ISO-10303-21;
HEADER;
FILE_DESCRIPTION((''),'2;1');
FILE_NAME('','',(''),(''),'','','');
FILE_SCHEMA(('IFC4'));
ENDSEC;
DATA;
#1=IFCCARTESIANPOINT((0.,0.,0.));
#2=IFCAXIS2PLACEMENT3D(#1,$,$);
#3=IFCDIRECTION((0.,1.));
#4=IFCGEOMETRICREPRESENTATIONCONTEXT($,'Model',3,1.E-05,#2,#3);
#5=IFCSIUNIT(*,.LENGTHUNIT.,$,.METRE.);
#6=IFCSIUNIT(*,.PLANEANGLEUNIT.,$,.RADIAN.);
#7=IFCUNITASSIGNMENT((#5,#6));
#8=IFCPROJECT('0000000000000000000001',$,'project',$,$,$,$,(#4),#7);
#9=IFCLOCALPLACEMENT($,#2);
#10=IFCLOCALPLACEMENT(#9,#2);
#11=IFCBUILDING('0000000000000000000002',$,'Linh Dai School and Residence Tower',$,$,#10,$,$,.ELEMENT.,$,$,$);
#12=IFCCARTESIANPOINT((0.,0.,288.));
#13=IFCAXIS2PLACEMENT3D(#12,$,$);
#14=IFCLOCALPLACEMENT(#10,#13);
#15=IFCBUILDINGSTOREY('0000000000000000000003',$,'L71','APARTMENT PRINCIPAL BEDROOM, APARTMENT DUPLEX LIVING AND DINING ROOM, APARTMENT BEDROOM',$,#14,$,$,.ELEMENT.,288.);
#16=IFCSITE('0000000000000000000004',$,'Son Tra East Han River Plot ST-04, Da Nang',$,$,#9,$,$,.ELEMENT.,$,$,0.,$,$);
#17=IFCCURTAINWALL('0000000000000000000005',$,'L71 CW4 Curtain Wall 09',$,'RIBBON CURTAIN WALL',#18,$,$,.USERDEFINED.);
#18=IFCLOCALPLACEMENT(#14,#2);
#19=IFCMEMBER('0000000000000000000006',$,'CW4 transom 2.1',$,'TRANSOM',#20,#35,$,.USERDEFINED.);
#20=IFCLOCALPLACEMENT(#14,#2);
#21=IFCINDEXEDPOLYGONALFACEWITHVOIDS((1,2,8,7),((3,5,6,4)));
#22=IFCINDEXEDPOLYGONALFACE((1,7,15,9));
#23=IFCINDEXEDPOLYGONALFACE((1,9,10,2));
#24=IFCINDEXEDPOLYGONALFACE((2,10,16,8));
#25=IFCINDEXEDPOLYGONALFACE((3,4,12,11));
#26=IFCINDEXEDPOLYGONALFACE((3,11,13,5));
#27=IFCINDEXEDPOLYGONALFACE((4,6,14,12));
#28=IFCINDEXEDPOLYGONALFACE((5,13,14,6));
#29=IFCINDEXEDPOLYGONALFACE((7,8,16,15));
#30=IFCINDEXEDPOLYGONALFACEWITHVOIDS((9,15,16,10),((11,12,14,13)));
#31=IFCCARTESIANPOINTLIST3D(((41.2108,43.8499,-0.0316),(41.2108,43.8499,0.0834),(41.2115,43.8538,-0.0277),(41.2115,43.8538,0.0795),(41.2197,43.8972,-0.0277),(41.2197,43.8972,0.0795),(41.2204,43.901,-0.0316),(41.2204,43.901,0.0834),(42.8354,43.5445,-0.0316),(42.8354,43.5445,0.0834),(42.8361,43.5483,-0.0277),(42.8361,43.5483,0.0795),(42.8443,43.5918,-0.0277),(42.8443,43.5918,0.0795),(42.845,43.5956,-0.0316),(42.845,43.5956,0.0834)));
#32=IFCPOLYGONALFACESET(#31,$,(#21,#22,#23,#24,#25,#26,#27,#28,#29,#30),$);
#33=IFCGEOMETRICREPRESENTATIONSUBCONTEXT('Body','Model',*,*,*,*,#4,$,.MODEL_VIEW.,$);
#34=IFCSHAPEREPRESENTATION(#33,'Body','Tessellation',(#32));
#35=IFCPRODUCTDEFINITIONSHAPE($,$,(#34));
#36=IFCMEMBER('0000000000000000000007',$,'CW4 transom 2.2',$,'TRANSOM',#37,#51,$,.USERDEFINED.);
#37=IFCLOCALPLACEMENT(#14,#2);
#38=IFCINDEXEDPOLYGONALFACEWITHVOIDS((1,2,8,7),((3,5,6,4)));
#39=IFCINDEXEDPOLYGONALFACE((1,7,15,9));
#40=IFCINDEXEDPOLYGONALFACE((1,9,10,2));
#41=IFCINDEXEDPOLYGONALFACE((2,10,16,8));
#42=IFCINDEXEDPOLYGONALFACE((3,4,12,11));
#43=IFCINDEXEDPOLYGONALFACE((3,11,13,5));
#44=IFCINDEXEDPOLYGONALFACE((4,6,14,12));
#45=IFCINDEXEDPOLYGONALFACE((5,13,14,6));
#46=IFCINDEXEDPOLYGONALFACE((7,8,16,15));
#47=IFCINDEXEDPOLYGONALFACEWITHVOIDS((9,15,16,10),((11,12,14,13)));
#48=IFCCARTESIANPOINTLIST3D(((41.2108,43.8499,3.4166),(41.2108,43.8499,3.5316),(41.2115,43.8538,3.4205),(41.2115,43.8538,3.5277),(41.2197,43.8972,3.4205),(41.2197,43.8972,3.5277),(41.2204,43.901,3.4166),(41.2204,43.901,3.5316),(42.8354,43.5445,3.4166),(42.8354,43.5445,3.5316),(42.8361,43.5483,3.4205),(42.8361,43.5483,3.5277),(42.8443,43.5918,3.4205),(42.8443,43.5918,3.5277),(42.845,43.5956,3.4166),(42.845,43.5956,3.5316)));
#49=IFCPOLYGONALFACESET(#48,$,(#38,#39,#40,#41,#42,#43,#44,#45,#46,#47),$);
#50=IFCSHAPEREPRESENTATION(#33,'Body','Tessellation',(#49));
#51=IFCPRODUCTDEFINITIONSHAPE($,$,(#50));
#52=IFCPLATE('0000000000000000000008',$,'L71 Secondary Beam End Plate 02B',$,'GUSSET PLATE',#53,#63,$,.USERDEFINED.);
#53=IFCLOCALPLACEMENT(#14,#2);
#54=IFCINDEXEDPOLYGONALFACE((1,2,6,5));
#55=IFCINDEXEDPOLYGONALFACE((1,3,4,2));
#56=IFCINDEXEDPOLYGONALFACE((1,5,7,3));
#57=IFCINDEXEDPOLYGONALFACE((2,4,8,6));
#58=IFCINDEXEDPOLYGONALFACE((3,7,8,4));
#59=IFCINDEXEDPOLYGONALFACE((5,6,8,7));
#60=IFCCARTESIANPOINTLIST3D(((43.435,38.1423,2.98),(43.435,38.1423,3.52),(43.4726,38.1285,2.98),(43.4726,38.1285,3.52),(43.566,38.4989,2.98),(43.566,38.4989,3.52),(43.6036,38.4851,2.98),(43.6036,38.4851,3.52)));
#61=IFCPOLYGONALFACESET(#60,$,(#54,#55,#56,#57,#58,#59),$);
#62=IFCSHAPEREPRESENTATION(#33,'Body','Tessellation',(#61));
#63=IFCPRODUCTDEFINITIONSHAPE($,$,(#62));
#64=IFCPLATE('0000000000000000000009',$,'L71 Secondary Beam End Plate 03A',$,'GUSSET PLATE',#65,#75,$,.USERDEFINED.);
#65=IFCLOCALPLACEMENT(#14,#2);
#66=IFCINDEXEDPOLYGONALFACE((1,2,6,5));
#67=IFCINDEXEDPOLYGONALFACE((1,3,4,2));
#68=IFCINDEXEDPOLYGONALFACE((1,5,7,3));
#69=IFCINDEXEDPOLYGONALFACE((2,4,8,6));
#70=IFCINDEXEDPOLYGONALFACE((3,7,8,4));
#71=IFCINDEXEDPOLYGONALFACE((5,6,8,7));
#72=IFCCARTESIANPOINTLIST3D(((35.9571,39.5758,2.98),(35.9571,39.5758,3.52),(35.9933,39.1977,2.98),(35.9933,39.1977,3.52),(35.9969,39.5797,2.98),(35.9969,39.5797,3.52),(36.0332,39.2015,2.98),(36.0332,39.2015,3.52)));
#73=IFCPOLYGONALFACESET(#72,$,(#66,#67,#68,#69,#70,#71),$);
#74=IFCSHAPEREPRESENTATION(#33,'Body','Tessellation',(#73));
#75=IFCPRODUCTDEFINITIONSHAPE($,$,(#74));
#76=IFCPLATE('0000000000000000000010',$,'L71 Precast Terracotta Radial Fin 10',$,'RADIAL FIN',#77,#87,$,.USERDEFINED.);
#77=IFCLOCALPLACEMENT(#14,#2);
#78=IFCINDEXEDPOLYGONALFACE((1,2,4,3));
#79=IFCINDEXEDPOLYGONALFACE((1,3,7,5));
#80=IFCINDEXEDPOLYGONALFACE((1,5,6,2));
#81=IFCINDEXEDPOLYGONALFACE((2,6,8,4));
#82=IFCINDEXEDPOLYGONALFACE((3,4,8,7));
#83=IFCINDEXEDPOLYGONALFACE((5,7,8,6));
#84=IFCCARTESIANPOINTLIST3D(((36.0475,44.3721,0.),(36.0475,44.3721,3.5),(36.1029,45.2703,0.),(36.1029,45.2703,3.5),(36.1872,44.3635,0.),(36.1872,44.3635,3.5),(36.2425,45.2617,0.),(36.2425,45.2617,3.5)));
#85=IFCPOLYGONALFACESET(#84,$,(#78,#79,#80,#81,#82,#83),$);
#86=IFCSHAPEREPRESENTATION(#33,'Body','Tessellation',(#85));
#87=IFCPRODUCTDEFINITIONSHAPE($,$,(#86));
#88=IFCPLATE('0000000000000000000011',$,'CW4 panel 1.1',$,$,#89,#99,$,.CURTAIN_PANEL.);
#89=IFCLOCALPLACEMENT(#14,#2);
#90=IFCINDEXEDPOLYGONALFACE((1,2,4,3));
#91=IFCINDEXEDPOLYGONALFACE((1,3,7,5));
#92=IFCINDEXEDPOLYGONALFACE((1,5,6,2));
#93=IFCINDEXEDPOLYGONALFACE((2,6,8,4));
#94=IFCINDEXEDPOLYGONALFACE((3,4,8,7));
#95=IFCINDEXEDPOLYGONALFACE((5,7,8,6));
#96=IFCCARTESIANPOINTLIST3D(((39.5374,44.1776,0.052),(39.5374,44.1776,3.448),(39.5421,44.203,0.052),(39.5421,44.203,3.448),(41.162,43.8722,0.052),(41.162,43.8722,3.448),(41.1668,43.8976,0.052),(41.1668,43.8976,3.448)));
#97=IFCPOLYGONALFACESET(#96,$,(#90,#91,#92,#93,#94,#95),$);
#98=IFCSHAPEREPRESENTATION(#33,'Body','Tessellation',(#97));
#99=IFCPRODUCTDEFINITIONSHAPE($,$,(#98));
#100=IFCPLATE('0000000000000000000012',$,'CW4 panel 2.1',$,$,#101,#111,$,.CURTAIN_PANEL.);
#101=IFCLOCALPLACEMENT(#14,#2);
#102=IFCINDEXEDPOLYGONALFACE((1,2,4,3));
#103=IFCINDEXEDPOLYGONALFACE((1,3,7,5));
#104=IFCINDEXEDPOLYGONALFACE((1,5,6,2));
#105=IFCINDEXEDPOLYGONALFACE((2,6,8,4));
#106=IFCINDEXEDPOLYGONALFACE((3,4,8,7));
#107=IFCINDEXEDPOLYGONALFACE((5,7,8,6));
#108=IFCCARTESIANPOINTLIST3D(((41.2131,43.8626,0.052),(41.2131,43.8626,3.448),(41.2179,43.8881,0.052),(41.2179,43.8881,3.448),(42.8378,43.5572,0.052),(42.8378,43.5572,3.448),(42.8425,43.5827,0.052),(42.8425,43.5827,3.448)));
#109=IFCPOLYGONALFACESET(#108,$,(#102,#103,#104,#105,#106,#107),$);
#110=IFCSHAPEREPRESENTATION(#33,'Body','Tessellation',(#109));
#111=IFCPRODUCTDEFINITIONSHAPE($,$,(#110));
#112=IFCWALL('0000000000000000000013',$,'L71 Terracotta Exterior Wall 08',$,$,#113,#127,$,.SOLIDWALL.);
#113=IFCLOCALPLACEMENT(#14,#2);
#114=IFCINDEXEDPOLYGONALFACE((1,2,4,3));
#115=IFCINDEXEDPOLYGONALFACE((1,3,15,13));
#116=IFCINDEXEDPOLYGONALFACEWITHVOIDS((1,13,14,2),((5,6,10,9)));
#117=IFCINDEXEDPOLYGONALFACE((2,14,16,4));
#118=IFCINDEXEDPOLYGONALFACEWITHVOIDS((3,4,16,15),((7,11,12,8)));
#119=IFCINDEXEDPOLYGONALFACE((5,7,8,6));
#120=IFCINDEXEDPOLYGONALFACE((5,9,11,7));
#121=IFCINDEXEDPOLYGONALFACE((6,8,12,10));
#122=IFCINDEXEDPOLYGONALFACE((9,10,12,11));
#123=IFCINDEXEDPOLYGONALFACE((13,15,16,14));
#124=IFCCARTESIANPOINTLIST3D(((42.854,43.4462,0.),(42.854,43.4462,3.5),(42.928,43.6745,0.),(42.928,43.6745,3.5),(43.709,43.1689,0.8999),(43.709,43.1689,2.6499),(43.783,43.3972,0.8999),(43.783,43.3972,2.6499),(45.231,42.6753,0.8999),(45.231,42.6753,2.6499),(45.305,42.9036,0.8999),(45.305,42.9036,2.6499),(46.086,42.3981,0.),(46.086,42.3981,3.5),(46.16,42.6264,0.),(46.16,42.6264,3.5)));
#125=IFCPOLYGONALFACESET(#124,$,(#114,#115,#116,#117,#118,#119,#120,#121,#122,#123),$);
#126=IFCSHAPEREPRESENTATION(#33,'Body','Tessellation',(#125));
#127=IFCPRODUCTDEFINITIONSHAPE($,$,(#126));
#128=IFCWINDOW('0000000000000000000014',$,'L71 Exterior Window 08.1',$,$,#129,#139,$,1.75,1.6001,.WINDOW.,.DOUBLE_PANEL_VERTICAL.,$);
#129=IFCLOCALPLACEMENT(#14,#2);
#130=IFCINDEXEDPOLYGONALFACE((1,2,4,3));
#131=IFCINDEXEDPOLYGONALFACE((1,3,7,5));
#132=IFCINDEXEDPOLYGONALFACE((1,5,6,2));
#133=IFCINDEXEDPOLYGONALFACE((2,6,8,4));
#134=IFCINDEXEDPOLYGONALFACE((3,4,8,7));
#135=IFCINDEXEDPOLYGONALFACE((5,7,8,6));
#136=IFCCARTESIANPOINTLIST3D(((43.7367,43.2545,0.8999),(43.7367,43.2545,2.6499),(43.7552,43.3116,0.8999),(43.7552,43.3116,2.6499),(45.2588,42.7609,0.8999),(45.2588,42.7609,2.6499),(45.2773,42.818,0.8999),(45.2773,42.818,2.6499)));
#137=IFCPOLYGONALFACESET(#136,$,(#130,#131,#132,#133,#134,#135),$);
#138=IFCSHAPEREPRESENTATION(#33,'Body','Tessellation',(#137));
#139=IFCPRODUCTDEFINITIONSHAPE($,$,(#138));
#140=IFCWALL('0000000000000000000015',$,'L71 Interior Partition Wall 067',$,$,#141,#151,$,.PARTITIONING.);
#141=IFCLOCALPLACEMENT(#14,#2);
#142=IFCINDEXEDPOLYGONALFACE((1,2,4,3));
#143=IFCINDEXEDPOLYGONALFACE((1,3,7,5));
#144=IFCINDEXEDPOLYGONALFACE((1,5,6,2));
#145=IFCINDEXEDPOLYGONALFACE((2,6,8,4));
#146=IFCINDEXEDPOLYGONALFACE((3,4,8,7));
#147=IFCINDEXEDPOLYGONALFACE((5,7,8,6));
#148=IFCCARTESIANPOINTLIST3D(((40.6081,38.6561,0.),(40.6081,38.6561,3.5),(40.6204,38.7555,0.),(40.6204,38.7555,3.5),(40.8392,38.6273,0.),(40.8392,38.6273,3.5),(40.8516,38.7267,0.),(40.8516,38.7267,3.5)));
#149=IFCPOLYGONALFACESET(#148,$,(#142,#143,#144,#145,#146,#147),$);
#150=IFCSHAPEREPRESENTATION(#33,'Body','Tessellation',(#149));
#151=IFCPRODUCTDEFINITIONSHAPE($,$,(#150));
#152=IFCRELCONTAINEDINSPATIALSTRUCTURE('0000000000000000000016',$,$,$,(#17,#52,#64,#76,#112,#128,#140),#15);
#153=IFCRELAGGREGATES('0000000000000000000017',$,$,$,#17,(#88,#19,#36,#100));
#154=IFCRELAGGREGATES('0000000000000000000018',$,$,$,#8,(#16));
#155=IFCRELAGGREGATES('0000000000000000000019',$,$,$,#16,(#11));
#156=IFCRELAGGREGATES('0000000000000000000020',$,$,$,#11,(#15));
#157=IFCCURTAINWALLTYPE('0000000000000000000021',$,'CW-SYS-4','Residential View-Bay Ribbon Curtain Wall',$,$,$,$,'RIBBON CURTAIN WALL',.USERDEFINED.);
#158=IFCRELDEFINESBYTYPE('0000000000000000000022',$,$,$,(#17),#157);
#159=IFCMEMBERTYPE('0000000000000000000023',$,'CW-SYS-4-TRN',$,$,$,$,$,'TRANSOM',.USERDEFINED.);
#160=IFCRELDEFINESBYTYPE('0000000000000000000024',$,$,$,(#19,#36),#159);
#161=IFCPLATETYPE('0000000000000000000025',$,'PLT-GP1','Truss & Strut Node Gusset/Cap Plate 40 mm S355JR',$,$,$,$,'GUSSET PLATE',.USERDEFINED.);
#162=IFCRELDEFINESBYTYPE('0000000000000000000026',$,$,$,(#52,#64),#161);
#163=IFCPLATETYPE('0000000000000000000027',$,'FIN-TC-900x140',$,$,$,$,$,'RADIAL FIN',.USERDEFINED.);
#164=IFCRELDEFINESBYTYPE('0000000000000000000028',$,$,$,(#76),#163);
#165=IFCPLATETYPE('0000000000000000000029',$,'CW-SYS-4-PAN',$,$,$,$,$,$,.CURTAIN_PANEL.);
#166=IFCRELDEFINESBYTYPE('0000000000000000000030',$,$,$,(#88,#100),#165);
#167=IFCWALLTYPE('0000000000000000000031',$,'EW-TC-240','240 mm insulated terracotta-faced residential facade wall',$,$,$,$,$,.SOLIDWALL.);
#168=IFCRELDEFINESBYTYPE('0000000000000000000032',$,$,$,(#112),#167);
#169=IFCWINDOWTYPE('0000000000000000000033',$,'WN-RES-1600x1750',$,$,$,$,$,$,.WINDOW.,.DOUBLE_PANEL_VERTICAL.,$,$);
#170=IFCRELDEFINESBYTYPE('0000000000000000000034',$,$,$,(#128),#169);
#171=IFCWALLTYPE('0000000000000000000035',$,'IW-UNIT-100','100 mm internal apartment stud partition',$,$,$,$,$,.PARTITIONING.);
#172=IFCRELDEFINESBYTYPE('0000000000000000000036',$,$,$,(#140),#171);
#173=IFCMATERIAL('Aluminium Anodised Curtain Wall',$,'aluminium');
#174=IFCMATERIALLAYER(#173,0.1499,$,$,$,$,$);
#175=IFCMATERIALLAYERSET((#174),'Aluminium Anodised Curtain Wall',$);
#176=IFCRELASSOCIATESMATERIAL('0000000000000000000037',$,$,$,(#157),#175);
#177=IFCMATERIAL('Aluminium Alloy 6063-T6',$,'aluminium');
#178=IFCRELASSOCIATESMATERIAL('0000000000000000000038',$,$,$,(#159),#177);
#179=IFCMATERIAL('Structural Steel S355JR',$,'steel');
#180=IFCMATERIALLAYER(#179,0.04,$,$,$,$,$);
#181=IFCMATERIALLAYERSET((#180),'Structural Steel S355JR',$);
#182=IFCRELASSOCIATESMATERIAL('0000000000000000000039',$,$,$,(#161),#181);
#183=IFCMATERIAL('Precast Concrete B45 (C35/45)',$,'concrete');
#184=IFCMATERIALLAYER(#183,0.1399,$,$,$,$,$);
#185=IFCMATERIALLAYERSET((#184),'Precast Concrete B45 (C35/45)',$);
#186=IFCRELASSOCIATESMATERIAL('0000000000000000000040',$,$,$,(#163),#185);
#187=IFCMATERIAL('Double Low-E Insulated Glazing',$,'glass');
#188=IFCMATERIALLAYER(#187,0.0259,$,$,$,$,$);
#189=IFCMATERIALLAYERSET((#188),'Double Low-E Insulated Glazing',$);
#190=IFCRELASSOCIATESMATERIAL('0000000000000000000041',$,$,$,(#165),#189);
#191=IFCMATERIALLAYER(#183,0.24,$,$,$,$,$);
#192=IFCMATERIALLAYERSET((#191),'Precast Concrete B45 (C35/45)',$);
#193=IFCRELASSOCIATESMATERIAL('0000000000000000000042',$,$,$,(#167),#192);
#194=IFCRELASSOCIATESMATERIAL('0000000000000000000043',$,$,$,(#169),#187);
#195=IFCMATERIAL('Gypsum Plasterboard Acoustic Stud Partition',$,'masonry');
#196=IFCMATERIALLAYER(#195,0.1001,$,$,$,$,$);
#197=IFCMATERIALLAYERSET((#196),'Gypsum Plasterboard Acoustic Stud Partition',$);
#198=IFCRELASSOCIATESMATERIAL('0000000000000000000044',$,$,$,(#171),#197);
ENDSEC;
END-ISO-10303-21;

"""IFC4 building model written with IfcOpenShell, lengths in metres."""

from ifc_helpers import new_model, si_unit, direction, frame, frame_2d, origin, origin_2d, place, context, subcontext, project, spatial, rectangle, hollow_rectangle, extrude, source, transform, mapped, material, layer, layer_set, material_profile, profile_set, type_object, element, fill, aggregate, save


model = new_model("IFC4")

# Units and contexts
model_context = context("Model", 3, precision=1e-05, world=origin(), true_north=direction((0.0, 1.0)))
body_context = subcontext(model_context, "Body", "Model", "MODEL_VIEW")
ifc_project = project(units=[si_unit("LENGTHUNIT", "METRE"), si_unit("PLANEANGLEUNIT", "RADIAN")], contexts=[model_context])

# Site, building, storey
site_placement = place(None, origin())
site = spatial("IfcSite", under=ifc_project, at=site_placement, Name="Son Tra East Han River Plot ST-04, Da Nang", CompositionType="ELEMENT", RefElevation=0.0)
building_placement = place(site_placement, origin())
building = spatial("IfcBuilding", under=site, at=building_placement, Name="Linh Dai School and Residence Tower", CompositionType="ELEMENT")
storey_placement = place(building_placement, frame((0.0, 0.0, 288.0)))
storey = spatial("IfcBuildingStorey", under=building, at=storey_placement, Name="L71", Description="APARTMENT PRINCIPAL BEDROOM, APARTMENT DUPLEX LIVING AND DINING ROOM, APARTMENT BEDROOM", CompositionType="ELEMENT", Elevation=288.0)

# Shared definitions
ifc_material_1 = material(Name="Structural Steel S355JR", Category="steel")

# Curtain wall, members
ifc_material_2 = material(Name="Aluminium Anodised Curtain Wall", Category="aluminium")
ifc_layer_1 = layer(ifc_material_2, 0.1499)
ifc_layer_set_1 = layer_set([ifc_layer_1], Name="Aluminium Anodised Curtain Wall")
curtain_wall_type = type_object("IfcCurtainWallType", Name="CW-SYS-4", Description="Residential View-Bay Ribbon Curtain Wall", ElementType="RIBBON CURTAIN WALL", PredefinedType="USERDEFINED", material=ifc_layer_set_1)
curtain_wall_placement = place(storey_placement, origin())
curtain_wall = element("IfcCurtainWall", 1, at=curtain_wall_placement, inside=storey, type_object=curtain_wall_type, Name="L71 CW4 Curtain Wall 09", ObjectType="RIBBON CURTAIN WALL", PredefinedType="USERDEFINED")
ifc_material_3 = material(Name="Aluminium Alloy 6063-T6", Category="aluminium")
ifc_material_profile_1 = material_profile(ifc_material_3, hollow_rectangle(XDim=0.052, YDim=0.115, WallThickness=0.0039, at=origin_2d()), Name="RHS 115x52x4")
ifc_profile_set_1 = profile_set([ifc_material_profile_1], Name="Aluminium Alloy 6063-T6")
member_type_1 = type_object("IfcMemberType", Name="CW-SYS-4-TRN", ElementType="TRANSOM", PredefinedType="USERDEFINED", material=ifc_profile_set_1)
shared_shape_1 = source(origin(), body_context, "Body", "SweptSolid", [
    extrude(hollow_rectangle(XDim=0.052, YDim=0.115, WallThickness=0.0039, at=origin_2d()), origin(), (0.0, 0.0, 1.0), 1.6531),
])
member_1_placement = place(storey_placement, frame((41.2156, 43.8755, 0.0259), z_axis=(0.982782, -0.18477, 0.0), x_axis=(0.18477, 0.982782, 0.0)))
member_1 = element("IfcMember", 2, at=member_1_placement, type_object=member_type_1, Name="CW4 transom 2.1", ObjectType="TRANSOM", PredefinedType="USERDEFINED", context=body_context, shape_type="MappedRepresentation", body=[
    mapped(shared_shape_1, transform((0.0, 0.0, 0.0), x_axis=(1.0, 0.0, 0.0), y_axis=(0.0, 1.0, 0.0), z_axis=(0.0, 0.0, 1.0), scale=1.0)),
])
member_2_placement = place(storey_placement, frame((41.2156, 43.8755, 3.4741), z_axis=(0.982782, -0.18477, 0.0), x_axis=(0.18477, 0.982782, 0.0)))
member_2 = element("IfcMember", 3, at=member_2_placement, type_object=member_type_1, Name="CW4 transom 2.2", ObjectType="TRANSOM", PredefinedType="USERDEFINED", context=body_context, shape_type="MappedRepresentation", body=[
    mapped(shared_shape_1, transform((0.0, 0.0, 0.0), x_axis=(1.0, 0.0, 0.0), y_axis=(0.0, 1.0, 0.0), z_axis=(0.0, 0.0, 1.0), scale=1.0)),
])

# Plates
ifc_layer_2 = layer(ifc_material_1, 0.04)
ifc_layer_set_2 = layer_set([ifc_layer_2], Name="Structural Steel S355JR")
plate_type_1 = type_object("IfcPlateType", Name="PLT-GP1", Description="Truss & Strut Node Gusset/Cap Plate 40 mm S355JR", ElementType="GUSSET PLATE", PredefinedType="USERDEFINED", material=ifc_layer_set_2)
shared_shape_2 = source(origin(), body_context, "Body", "SweptSolid", [
    extrude(rectangle(XDim=0.04, YDim=0.3799, at=origin_2d()), origin(), (0.0, 0.0, 1.0), 0.54),
])
for number, where, z_axis, x_axis, name in (
    (4, (43.5193, 38.3137, 2.98), (0.0, 0.0, 1.0), (-0.938695, 0.344748, 0.0), "L71 Secondary Beam End Plate 02B"),
    (5, (35.9951, 39.3887, 2.98), (0.0, 0.0, 1.0), (-0.995445, -0.095338, 0.0), "L71 Secondary Beam End Plate 03A"),
):
    element("IfcPlate", number, at=place(storey_placement, frame(where, z_axis=z_axis, x_axis=x_axis)), inside=storey, type_object=plate_type_1, Name=name, ObjectType="GUSSET PLATE", PredefinedType="USERDEFINED", context=body_context, shape_type="MappedRepresentation", body=[
        mapped(shared_shape_2, transform((0.0, 0.0, 0.0), x_axis=(1.0, 0.0, 0.0), y_axis=(0.0, 1.0, 0.0), z_axis=(0.0, 0.0, 1.0), scale=1.0)),
    ])
ifc_material_4 = material(Name="Precast Concrete B45 (C35/45)", Category="concrete")
ifc_layer_3 = layer(ifc_material_4, 0.1399)
ifc_layer_set_3 = layer_set([ifc_layer_3], Name="Precast Concrete B45 (C35/45)")
plate_type_2 = type_object("IfcPlateType", Name="FIN-TC-900x140", ElementType="RADIAL FIN", PredefinedType="USERDEFINED", material=ifc_layer_set_3)
shared_shape_3 = source(origin(), body_context, "Body", "SweptSolid", [
    extrude(rectangle(XDim=0.8999, YDim=0.1399, at=origin_2d()), origin(), (0.0, 0.0, 1.0), 3.5),
])
plate_1_placement = place(storey_placement, frame((36.145, 44.8169, 0.0), z_axis=(0.0, 0.0, 1.0), x_axis=(0.06151, 0.998106, 0.0)))
element("IfcPlate", 6, at=plate_1_placement, inside=storey, type_object=plate_type_2, Name="L71 Precast Terracotta Radial Fin 10", ObjectType="RADIAL FIN", PredefinedType="USERDEFINED", context=body_context, shape_type="MappedRepresentation", body=[
    mapped(shared_shape_3, transform((0.0, 0.0, 0.0), x_axis=(1.0, 0.0, 0.0), y_axis=(0.0, 1.0, 0.0), z_axis=(0.0, 0.0, 1.0), scale=1.0)),
])

# Plates
ifc_material_5 = material(Name="Double Low-E Insulated Glazing", Category="glass")
ifc_layer_4 = layer(ifc_material_5, 0.0259)
ifc_layer_set_4 = layer_set([ifc_layer_4], Name="Double Low-E Insulated Glazing")
plate_type_3 = type_object("IfcPlateType", Name="CW-SYS-4-PAN", PredefinedType="CURTAIN_PANEL", material=ifc_layer_set_4)
shared_shape_4 = source(origin(), body_context, "Body", "SweptSolid", [
    extrude(rectangle(XDim=1.6531, YDim=0.0259, at=origin_2d()), origin(), (0.0, 0.0, 1.0), 3.396),
])
plate_2_placement = place(storey_placement, frame((40.3521, 44.0376, 0.052), z_axis=(0.0, 0.0, 1.0), x_axis=(0.982785, -0.184751, 0.0)))
plate_2 = element("IfcPlate", 7, at=plate_2_placement, type_object=plate_type_3, Name="CW4 panel 1.1", PredefinedType="CURTAIN_PANEL", context=body_context, shape_type="MappedRepresentation", body=[
    mapped(shared_shape_4, transform((0.0, 0.0, 0.0), x_axis=(1.0, 0.0, 0.0), y_axis=(0.0, 1.0, 0.0), z_axis=(0.0, 0.0, 1.0), scale=1.0)),
])
plate_3_placement = place(storey_placement, frame((42.0278, 43.7227, 0.052), z_axis=(0.0, 0.0, 1.0), x_axis=(0.982785, -0.184751, 0.0)))
plate_3 = element("IfcPlate", 8, at=plate_3_placement, type_object=plate_type_3, Name="CW4 panel 2.1", PredefinedType="CURTAIN_PANEL", context=body_context, shape_type="MappedRepresentation", body=[
    mapped(shared_shape_4, transform((0.0, 0.0, 0.0), x_axis=(1.0, 0.0, 0.0), y_axis=(0.0, 1.0, 0.0), z_axis=(0.0, 0.0, 1.0), scale=1.0)),
])
aggregate(curtain_wall, [plate_2, member_1, member_2, plate_3])

# Wall, opening, window
ifc_layer_5 = layer(ifc_material_4, 0.24)
ifc_layer_set_5 = layer_set([ifc_layer_5], Name="Precast Concrete B45 (C35/45)")
wall_type_1 = type_object("IfcWallType", Name="EW-TC-240", Description="240 mm insulated terracotta-faced residential facade wall", PredefinedType="SOLIDWALL", material=ifc_layer_set_5)
wall_1_placement = place(storey_placement, frame((42.8911, 43.5603, 0.0), z_axis=(0.0, 0.0, 1.0), x_axis=(0.951231, -0.308478, 0.0)))
wall_1 = element("IfcWall", 9, at=wall_1_placement, inside=storey, type_object=wall_type_1, Name="L71 Terracotta Exterior Wall 08", PredefinedType="SOLIDWALL", context=body_context, shape_type="SweptSolid", body=[
    extrude(rectangle(XDim=3.3977, YDim=0.24, at=frame_2d((1.6987, 0.0))), origin(), (0.0, 0.0, 1.0), 3.5),
])
opening_1_placement = place(wall_1_placement, frame((0.8987, 0.0, 0.8999)))
opening_1 = element("IfcOpeningElement", 10, at=opening_1_placement, cuts=wall_1, PredefinedType="OPENING", context=body_context, shape_type="SweptSolid", body=[
    extrude(rectangle(XDim=1.6001, YDim=1.75, at=origin_2d()), frame((0.8, 0.1299, 0.875), z_axis=(0.0, -1.0, 0.0), x_axis=(1.0, 0.0, 0.0)), (0.0, 0.0, 1.0), 0.26),
])
window_type = type_object("IfcWindowType", Name="WN-RES-1600x1750", PartitioningType="DOUBLE_PANEL_VERTICAL", PredefinedType="WINDOW", material=ifc_material_5)
shared_shape_5 = source(origin(), body_context, "Body", "SweptSolid", [
    extrude(rectangle(XDim=1.6001, YDim=1.75, at=origin_2d()), frame((0.8, 0.03, 0.875), z_axis=(0.0, -1.0, 0.0), x_axis=(1.0, 0.0, 0.0)), (0.0, 0.0, 1.0), 0.0601),
])
window_placement = place(opening_1_placement, origin())
window = element("IfcWindow", 11, at=window_placement, inside=storey, type_object=window_type, Name="L71 Exterior Window 08.1", OverallHeight=1.75, OverallWidth=1.6001, PartitioningType="DOUBLE_PANEL_VERTICAL", PredefinedType="WINDOW", context=body_context, shape_type="MappedRepresentation", body=[
    mapped(shared_shape_5, transform((0.0, 0.0, 0.0), x_axis=(1.0, 0.0, 0.0), y_axis=(0.0, 1.0, 0.0), z_axis=(0.0, 0.0, 1.0), scale=1.0)),
])
fill(opening_1, window)

# Wall
ifc_material_6 = material(Name="Gypsum Plasterboard Acoustic Stud Partition", Category="masonry")
ifc_layer_6 = layer(ifc_material_6, 0.1001)
ifc_layer_set_6 = layer_set([ifc_layer_6], Name="Gypsum Plasterboard Acoustic Stud Partition")
wall_type_2 = type_object("IfcWallType", Name="IW-UNIT-100", Description="100 mm internal apartment stud partition", PredefinedType="PARTITIONING", material=ifc_layer_set_6)
wall_2_placement = place(storey_placement, frame((40.6143, 38.7058, 0.0), z_axis=(0.0, 0.0, 1.0), x_axis=(0.992326, -0.123648, 0.0)))
element("IfcWall", 12, at=wall_2_placement, inside=storey, type_object=wall_type_2, Name="L71 Interior Partition Wall 067", PredefinedType="PARTITIONING", context=body_context, shape_type="SweptSolid", body=[
    extrude(rectangle(XDim=0.2329, YDim=0.1001, at=frame_2d((0.1165, 0.0))), origin(), (0.0, 0.0, 1.0), 3.5),
])

save(model, "model.ifc")
